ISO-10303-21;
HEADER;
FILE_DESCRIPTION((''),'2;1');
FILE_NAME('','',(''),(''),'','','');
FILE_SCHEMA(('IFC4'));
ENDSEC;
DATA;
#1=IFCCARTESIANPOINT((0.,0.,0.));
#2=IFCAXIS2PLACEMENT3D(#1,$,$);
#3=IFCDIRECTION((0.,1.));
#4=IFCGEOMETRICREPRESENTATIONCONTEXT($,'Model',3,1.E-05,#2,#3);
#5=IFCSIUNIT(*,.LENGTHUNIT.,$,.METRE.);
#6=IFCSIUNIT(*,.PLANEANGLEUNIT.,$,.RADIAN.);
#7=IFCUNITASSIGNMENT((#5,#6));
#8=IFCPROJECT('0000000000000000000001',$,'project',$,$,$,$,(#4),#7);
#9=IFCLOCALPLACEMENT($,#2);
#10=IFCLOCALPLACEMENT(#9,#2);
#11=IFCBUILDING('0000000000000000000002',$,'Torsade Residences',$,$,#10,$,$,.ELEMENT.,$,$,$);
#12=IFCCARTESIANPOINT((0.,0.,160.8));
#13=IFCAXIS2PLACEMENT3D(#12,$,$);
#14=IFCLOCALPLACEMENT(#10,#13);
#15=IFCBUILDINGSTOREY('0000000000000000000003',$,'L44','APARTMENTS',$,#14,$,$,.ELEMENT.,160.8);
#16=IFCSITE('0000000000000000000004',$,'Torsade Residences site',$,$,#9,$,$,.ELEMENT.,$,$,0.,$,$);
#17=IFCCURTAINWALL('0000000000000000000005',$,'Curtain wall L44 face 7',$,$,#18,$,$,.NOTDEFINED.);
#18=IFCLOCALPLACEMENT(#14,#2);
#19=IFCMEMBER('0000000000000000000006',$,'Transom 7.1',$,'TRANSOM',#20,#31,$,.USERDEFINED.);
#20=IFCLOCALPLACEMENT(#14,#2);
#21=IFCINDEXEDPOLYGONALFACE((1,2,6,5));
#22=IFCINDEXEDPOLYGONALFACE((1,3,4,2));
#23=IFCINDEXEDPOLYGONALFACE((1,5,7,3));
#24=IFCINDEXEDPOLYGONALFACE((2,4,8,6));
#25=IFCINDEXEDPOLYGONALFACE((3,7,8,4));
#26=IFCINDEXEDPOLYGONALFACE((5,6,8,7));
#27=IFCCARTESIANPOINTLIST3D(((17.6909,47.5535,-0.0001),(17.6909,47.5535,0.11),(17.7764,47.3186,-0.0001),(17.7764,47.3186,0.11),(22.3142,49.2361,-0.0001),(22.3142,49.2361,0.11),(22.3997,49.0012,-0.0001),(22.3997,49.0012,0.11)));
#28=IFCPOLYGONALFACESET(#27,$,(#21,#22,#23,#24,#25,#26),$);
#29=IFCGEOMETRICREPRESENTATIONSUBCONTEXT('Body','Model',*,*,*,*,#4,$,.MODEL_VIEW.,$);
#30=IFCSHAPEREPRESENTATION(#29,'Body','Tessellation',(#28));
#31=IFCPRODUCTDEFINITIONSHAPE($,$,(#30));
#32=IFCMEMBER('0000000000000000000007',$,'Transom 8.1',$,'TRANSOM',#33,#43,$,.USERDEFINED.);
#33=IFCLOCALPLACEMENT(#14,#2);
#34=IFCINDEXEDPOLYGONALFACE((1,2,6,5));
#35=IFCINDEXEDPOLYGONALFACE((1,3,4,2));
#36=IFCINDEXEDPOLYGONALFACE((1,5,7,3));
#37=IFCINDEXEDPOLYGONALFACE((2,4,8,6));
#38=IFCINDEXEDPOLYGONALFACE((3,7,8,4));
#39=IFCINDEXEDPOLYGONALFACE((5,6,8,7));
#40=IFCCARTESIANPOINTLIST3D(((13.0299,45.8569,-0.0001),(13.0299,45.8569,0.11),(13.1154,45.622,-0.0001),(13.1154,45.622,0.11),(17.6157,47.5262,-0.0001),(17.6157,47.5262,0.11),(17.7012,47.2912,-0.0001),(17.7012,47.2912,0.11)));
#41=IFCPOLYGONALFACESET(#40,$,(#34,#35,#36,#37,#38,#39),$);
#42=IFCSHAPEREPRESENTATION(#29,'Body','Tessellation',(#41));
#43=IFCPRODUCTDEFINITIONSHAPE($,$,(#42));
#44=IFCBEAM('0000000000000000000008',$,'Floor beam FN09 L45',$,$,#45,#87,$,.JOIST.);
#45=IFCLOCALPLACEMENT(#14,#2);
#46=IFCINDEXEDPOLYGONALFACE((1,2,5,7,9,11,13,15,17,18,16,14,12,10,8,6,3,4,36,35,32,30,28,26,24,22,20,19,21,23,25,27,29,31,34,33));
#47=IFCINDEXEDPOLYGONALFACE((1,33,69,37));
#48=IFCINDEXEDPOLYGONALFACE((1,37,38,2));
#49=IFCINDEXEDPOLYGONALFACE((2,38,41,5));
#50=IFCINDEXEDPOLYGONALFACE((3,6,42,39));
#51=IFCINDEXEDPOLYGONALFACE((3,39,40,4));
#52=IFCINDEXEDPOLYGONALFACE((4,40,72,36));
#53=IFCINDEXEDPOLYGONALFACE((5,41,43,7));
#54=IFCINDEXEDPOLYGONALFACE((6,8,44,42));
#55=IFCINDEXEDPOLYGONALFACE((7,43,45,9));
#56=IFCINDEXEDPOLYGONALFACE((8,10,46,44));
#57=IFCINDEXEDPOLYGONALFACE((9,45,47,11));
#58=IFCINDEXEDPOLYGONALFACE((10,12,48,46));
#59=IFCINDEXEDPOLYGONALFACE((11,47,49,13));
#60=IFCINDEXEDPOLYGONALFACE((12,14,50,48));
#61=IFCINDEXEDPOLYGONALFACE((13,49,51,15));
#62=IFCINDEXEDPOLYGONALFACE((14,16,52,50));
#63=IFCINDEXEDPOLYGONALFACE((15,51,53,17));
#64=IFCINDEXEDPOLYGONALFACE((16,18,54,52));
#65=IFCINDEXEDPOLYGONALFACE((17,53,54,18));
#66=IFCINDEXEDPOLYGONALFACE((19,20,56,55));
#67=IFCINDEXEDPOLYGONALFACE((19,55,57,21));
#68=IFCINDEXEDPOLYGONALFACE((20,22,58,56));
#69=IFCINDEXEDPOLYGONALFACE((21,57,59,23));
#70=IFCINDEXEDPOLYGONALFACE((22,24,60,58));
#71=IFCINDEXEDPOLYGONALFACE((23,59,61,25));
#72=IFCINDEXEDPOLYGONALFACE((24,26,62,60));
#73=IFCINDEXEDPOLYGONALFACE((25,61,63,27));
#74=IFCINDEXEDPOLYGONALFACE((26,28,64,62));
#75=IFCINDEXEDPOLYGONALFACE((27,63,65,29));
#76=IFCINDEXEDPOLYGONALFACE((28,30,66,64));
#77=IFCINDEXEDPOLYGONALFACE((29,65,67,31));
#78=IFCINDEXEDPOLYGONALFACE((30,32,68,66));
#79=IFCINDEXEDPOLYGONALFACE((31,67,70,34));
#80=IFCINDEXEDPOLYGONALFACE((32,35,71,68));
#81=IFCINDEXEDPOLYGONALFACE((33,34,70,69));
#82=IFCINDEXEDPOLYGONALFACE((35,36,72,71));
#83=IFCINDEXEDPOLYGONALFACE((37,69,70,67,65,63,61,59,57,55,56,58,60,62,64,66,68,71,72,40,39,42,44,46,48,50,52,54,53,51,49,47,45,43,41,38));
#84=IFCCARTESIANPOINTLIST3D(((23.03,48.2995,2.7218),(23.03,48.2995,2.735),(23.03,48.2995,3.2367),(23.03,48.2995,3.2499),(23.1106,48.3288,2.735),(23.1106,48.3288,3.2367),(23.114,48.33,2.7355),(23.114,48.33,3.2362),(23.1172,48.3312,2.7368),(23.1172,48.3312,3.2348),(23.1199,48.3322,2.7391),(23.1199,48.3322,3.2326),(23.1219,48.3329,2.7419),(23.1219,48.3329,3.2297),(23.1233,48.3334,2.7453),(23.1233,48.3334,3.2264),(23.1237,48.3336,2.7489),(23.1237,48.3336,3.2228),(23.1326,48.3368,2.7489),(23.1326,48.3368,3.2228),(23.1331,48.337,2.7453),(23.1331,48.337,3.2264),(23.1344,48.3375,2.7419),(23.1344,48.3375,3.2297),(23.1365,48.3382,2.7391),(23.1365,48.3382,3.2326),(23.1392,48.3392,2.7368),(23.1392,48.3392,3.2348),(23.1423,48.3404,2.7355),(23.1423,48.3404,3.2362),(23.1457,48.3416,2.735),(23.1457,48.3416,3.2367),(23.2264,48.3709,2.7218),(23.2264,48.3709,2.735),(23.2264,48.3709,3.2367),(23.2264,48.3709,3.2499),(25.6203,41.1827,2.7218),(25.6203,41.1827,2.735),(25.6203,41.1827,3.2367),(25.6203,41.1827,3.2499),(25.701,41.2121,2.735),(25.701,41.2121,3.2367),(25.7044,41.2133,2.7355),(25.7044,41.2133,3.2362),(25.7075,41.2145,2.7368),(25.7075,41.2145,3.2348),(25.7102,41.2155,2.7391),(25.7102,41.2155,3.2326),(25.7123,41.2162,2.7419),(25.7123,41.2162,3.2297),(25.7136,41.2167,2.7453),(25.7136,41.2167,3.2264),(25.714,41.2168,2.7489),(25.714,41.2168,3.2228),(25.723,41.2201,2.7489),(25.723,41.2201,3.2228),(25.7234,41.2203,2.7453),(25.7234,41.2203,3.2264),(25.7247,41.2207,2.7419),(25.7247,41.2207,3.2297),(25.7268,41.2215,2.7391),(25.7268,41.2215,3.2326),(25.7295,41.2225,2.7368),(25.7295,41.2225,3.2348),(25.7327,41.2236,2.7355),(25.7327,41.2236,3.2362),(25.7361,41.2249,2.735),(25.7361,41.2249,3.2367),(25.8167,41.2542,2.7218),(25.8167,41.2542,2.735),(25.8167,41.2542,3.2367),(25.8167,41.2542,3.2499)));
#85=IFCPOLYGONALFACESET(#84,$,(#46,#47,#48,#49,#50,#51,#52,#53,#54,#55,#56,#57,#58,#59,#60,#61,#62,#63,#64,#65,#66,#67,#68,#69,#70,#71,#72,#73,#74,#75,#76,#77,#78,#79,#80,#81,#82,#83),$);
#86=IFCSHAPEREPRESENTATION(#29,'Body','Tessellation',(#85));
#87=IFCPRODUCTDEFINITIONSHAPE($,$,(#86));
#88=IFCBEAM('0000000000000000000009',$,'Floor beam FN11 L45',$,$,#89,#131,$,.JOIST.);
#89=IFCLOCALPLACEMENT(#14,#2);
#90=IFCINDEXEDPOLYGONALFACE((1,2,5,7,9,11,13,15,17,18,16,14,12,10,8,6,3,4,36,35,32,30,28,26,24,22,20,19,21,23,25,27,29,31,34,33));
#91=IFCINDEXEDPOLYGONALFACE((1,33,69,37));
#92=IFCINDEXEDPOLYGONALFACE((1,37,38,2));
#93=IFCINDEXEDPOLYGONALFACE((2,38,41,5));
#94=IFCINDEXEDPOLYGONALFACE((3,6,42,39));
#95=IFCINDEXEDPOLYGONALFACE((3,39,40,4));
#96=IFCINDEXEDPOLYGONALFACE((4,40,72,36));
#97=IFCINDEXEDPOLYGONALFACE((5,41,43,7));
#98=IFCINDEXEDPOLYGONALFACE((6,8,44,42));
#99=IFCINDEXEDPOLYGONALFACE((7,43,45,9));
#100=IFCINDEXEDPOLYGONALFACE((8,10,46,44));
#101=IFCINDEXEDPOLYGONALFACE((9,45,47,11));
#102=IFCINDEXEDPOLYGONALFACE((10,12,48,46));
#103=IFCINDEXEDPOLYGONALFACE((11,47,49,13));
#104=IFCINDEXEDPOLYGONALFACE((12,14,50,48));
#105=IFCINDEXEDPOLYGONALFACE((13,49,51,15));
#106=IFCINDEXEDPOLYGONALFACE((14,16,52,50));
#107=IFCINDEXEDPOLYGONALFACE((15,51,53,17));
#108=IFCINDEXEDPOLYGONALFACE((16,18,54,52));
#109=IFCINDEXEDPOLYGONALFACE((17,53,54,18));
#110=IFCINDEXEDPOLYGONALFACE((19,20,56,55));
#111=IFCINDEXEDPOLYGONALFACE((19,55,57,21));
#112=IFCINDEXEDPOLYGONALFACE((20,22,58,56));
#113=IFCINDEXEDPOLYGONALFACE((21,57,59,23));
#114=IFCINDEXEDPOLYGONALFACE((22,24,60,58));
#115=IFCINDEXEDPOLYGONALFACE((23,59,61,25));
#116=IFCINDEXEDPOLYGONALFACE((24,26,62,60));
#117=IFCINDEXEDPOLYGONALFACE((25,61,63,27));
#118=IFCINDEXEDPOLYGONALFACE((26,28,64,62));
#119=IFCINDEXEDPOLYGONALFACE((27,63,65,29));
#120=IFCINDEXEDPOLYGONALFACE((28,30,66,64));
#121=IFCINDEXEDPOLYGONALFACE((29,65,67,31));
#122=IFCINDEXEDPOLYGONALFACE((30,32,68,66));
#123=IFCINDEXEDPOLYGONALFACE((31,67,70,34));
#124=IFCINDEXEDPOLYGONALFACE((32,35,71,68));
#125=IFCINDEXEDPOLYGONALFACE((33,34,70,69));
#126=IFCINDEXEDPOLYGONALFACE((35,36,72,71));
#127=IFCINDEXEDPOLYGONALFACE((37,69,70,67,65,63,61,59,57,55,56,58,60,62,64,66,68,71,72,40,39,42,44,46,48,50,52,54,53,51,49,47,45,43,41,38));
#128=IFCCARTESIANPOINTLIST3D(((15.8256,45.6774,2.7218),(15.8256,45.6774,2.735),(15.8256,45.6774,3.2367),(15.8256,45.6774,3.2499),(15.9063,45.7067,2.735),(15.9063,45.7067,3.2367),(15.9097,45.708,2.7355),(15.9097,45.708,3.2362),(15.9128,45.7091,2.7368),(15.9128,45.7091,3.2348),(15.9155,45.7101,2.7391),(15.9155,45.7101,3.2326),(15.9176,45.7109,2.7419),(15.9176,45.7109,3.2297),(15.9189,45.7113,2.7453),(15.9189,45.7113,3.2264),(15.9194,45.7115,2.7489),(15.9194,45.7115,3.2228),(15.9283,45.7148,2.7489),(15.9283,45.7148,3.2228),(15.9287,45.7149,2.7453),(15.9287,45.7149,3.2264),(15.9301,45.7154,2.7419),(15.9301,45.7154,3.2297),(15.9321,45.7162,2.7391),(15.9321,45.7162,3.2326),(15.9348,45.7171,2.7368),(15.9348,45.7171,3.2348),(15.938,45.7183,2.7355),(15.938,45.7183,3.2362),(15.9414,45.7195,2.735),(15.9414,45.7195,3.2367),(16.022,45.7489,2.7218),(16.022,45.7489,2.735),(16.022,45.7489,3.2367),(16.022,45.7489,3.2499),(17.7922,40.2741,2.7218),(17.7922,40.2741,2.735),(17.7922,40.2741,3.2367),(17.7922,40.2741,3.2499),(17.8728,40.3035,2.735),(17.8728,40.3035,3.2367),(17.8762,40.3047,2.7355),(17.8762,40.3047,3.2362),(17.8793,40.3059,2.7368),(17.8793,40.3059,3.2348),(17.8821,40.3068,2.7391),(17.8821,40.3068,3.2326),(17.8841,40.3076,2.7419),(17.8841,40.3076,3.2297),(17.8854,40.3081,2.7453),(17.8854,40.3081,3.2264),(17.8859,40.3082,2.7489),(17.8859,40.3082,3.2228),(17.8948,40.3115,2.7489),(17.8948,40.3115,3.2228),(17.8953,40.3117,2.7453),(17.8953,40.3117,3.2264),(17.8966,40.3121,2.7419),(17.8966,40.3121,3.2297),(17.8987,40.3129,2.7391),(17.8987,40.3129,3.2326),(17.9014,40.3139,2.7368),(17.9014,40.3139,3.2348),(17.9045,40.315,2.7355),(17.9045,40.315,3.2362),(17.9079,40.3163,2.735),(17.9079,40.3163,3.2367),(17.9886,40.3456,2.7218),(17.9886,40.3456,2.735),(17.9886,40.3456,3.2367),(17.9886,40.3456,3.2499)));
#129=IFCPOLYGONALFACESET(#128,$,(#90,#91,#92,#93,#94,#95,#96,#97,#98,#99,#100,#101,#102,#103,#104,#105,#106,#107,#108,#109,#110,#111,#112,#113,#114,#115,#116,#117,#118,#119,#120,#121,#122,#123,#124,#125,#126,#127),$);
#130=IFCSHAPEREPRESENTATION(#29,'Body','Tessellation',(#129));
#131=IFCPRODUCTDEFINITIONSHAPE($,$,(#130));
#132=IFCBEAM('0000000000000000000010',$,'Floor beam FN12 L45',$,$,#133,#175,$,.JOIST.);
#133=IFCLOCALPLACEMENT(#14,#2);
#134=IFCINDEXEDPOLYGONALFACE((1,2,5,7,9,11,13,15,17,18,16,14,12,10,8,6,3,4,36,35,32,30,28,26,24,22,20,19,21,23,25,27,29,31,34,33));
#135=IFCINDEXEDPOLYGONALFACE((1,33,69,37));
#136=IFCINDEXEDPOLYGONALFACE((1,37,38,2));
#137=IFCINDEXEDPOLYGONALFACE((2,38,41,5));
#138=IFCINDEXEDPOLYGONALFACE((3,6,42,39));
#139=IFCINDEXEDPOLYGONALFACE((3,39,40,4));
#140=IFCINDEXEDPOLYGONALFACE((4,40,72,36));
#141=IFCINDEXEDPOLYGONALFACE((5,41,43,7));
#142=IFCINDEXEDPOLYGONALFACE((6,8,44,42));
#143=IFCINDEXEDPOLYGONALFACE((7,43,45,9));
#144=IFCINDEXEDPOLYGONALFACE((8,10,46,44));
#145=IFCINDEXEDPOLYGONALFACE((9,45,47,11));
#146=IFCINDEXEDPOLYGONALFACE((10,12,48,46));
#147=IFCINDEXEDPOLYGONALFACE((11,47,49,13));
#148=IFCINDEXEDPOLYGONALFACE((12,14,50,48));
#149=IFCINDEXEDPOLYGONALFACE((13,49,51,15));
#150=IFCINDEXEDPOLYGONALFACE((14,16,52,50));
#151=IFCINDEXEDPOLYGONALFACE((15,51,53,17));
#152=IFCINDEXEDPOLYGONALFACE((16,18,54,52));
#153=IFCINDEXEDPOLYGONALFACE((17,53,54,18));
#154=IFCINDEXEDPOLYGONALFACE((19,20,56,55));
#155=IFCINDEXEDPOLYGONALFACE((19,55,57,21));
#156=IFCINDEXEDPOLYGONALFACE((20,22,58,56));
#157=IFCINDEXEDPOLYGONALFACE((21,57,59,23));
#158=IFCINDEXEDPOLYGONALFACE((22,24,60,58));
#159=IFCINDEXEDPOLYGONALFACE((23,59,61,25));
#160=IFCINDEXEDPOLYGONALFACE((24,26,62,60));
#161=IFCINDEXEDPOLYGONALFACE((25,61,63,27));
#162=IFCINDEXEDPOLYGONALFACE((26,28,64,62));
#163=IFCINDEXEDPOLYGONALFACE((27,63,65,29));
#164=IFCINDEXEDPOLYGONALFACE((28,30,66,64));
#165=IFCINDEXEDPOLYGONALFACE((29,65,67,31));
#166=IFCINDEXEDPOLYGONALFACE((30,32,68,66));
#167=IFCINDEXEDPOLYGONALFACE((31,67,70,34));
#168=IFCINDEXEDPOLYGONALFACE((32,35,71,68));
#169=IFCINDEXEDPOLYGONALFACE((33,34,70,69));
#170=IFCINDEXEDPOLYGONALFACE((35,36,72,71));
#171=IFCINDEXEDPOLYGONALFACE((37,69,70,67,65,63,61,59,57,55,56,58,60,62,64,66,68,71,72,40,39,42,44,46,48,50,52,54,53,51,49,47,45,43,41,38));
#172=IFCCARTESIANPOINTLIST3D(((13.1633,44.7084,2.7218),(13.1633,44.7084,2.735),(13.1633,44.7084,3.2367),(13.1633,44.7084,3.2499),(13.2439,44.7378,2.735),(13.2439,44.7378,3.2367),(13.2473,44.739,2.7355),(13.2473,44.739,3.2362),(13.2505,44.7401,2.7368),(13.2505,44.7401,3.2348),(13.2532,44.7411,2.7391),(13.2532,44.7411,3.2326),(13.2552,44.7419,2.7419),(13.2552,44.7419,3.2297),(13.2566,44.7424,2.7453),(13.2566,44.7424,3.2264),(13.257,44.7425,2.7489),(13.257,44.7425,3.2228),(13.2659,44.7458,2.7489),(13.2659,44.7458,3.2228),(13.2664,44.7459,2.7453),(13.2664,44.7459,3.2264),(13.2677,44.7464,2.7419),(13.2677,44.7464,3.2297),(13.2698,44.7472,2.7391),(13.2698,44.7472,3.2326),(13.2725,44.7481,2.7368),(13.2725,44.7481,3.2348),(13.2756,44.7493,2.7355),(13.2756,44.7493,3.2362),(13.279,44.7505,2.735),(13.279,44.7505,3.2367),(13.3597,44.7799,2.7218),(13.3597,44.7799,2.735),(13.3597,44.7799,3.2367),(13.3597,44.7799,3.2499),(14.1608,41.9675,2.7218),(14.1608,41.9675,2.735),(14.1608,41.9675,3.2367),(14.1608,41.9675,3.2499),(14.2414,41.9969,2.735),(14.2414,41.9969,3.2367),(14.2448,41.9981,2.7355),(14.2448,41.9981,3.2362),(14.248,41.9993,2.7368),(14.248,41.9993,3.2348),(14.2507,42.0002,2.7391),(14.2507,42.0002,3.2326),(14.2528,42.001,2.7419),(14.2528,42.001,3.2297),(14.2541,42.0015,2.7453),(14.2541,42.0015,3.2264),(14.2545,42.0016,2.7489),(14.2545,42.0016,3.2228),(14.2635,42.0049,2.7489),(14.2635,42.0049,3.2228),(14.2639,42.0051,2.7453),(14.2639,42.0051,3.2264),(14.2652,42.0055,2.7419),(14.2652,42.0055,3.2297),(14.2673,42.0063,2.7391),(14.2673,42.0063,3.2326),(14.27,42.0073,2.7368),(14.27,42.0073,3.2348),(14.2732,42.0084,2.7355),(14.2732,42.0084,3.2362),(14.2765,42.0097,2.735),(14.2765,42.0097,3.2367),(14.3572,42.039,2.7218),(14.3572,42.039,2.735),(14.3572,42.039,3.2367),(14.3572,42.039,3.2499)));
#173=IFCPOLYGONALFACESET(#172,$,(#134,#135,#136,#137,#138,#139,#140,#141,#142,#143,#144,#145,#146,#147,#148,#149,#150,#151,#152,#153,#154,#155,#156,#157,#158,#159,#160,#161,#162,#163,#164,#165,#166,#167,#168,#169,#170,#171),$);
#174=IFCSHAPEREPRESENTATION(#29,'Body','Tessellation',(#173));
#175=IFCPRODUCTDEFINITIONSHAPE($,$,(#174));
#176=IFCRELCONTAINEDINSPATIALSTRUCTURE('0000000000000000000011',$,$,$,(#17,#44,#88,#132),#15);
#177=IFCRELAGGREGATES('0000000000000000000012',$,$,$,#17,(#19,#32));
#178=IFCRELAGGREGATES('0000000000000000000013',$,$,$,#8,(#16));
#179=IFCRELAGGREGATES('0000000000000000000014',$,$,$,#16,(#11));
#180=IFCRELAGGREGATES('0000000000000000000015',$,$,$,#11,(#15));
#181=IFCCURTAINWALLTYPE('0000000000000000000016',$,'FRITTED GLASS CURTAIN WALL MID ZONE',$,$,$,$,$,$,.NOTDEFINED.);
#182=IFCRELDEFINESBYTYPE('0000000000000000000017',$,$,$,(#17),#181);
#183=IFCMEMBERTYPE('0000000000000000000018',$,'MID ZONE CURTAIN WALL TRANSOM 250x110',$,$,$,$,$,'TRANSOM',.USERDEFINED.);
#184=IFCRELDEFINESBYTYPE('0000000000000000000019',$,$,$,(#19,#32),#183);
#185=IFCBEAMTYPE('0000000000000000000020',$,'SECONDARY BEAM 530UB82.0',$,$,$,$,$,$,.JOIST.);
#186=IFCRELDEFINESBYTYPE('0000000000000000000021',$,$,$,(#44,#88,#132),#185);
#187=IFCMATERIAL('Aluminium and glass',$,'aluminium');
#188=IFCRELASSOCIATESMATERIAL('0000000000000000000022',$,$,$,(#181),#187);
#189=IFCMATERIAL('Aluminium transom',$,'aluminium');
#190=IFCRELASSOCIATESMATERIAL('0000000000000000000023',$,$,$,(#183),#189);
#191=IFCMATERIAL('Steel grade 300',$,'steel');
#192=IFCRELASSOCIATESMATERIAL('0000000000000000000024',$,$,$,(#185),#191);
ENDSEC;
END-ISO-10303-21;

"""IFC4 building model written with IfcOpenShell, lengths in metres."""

from ifc_helpers import new_model, si_unit, direction, frame, origin, origin_2d, place, context, subcontext, project, spatial, rectangle, i_section, extrude, material, material_profile, profile_set, type_object, element, aggregate, save


model = new_model("IFC4")

# Units and contexts
model_context = context("Model", 3, precision=1e-05, world=origin(), true_north=direction((0.0, 1.0)))
body_context = subcontext(model_context, "Body", "Model", "MODEL_VIEW")
ifc_project = project(units=[si_unit("LENGTHUNIT", "METRE"), si_unit("PLANEANGLEUNIT", "RADIAN")], contexts=[model_context])

# Site, building, storey
site_placement = place(None, origin())
site = spatial("IfcSite", under=ifc_project, at=site_placement, Name="Torsade Residences site", CompositionType="ELEMENT", RefElevation=0.0)
building_placement = place(site_placement, origin())
building = spatial("IfcBuilding", under=site, at=building_placement, Name="Torsade Residences", CompositionType="ELEMENT")
storey_placement = place(building_placement, frame((0.0, 0.0, 160.8)))
storey = spatial("IfcBuildingStorey", under=building, at=storey_placement, Name="L44", Description="APARTMENTS", CompositionType="ELEMENT", Elevation=160.8)

# Curtain wall, members
ifc_material_1 = material(Name="Aluminium and glass", Category="aluminium")
curtain_wall_type = type_object("IfcCurtainWallType", Name="FRITTED GLASS CURTAIN WALL MID ZONE", PredefinedType="NOTDEFINED", material=ifc_material_1)
curtain_wall_placement = place(storey_placement, origin())
curtain_wall = element("IfcCurtainWall", 1, at=curtain_wall_placement, inside=storey, type_object=curtain_wall_type, Name="Curtain wall L44 face 7", PredefinedType="NOTDEFINED")
ifc_material_2 = material(Name="Aluminium transom", Category="aluminium")
ifc_material_profile_1 = material_profile(ifc_material_2, rectangle(XDim=0.25, YDim=0.1101, at=origin_2d()), Name="MID ZONE CURTAIN WALL TRANSOM 250x110")
ifc_profile_set_1 = profile_set([ifc_material_profile_1], Name="Aluminium transom")
member_type_1 = type_object("IfcMemberType", Name="MID ZONE CURTAIN WALL TRANSOM 250x110", ElementType="TRANSOM", PredefinedType="USERDEFINED", material=ifc_profile_set_1)
member_1_placement = place(storey_placement, frame((22.3569, 49.1187, 0.0549), z_axis=(-0.939701, -0.341998, 0.0), x_axis=(0.341998, -0.939701, 0.0)))
member_1 = element("IfcMember", 2, at=member_1_placement, type_object=member_type_1, Name="Transom 7.1", ObjectType="TRANSOM", PredefinedType="USERDEFINED", context=body_context, shape_type="SweptSolid", body=[
    extrude(rectangle(XDim=0.25, YDim=0.1101, at=origin_2d()), origin(), (0.0, 0.0, 1.0), 4.9199),
])
member_2_placement = place(storey_placement, frame((17.6584, 47.4087, 0.0549), z_axis=(-0.939684, -0.342044, 0.0), x_axis=(0.342044, -0.939684, 0.0)))
member_2 = element("IfcMember", 3, at=member_2_placement, type_object=member_type_1, Name="Transom 8.1", ObjectType="TRANSOM", PredefinedType="USERDEFINED", context=body_context, shape_type="SweptSolid", body=[
    extrude(rectangle(XDim=0.25, YDim=0.1101, at=origin_2d()), origin(), (0.0, 0.0, 1.0), 4.8801),
])

# Beams
ifc_material_3 = material(Name="Steel grade 300", Category="steel")
ifc_material_profile_2 = material_profile(ifc_material_3, i_section(OverallWidth=0.209, OverallDepth=0.5281, WebThickness=0.0095, FlangeThickness=0.0132, FilletRadius=0.0139, at=origin_2d()), Name="530UB82.0")
ifc_profile_set_2 = profile_set([ifc_material_profile_2], Name="Steel grade 300")
beam_type_1 = type_object("IfcBeamType", Name="SECONDARY BEAM 530UB82.0", PredefinedType="JOIST", material=ifc_profile_set_2)
beam_1_placement = place(storey_placement, frame((23.1282, 48.3352, 2.9858), z_axis=(0.342028, -0.93969, 0.0), x_axis=(0.93969, 0.342028, 0.0)))
element("IfcBeam", 4, at=beam_1_placement, inside=storey, type_object=beam_type_1, Name="Floor beam FN09 L45", PredefinedType="JOIST", context=body_context, shape_type="SweptSolid", body=[
    extrude(i_section(OverallWidth=0.209, OverallDepth=0.5281, WebThickness=0.0095, FlangeThickness=0.0132, FilletRadius=0.0139, at=origin_2d()), origin(), (0.0, 0.0, 1.0), 7.5735),
])
beam_2_placement = place(storey_placement, frame((15.9238, 45.7131, 2.9858), z_axis=(0.342006, -0.939698, 0.0), x_axis=(0.939698, 0.342006, 0.0)))
element("IfcBeam", 5, at=beam_2_placement, inside=storey, type_object=beam_type_1, Name="Floor beam FN11 L45", PredefinedType="JOIST", context=body_context, shape_type="SweptSolid", body=[
    extrude(i_section(OverallWidth=0.209, OverallDepth=0.5281, WebThickness=0.0095, FlangeThickness=0.0132, FilletRadius=0.0139, at=origin_2d()), origin(), (0.0, 0.0, 1.0), 5.75),
])
beam_3_placement = place(storey_placement, frame((13.2615, 44.7441, 2.9858), z_axis=(0.341998, -0.939701, 0.0), x_axis=(0.939701, 0.341998, 0.0)))
element("IfcBeam", 6, at=beam_3_placement, inside=storey, type_object=beam_type_1, Name="Floor beam FN12 L45", PredefinedType="JOIST", context=body_context, shape_type="SweptSolid", body=[
    extrude(i_section(OverallWidth=0.209, OverallDepth=0.5281, WebThickness=0.0095, FlangeThickness=0.0132, FilletRadius=0.0139, at=origin_2d()), origin(), (0.0, 0.0, 1.0), 2.9167),
])

aggregate(curtain_wall, [member_1, member_2])

save(model, "model.ifc")
